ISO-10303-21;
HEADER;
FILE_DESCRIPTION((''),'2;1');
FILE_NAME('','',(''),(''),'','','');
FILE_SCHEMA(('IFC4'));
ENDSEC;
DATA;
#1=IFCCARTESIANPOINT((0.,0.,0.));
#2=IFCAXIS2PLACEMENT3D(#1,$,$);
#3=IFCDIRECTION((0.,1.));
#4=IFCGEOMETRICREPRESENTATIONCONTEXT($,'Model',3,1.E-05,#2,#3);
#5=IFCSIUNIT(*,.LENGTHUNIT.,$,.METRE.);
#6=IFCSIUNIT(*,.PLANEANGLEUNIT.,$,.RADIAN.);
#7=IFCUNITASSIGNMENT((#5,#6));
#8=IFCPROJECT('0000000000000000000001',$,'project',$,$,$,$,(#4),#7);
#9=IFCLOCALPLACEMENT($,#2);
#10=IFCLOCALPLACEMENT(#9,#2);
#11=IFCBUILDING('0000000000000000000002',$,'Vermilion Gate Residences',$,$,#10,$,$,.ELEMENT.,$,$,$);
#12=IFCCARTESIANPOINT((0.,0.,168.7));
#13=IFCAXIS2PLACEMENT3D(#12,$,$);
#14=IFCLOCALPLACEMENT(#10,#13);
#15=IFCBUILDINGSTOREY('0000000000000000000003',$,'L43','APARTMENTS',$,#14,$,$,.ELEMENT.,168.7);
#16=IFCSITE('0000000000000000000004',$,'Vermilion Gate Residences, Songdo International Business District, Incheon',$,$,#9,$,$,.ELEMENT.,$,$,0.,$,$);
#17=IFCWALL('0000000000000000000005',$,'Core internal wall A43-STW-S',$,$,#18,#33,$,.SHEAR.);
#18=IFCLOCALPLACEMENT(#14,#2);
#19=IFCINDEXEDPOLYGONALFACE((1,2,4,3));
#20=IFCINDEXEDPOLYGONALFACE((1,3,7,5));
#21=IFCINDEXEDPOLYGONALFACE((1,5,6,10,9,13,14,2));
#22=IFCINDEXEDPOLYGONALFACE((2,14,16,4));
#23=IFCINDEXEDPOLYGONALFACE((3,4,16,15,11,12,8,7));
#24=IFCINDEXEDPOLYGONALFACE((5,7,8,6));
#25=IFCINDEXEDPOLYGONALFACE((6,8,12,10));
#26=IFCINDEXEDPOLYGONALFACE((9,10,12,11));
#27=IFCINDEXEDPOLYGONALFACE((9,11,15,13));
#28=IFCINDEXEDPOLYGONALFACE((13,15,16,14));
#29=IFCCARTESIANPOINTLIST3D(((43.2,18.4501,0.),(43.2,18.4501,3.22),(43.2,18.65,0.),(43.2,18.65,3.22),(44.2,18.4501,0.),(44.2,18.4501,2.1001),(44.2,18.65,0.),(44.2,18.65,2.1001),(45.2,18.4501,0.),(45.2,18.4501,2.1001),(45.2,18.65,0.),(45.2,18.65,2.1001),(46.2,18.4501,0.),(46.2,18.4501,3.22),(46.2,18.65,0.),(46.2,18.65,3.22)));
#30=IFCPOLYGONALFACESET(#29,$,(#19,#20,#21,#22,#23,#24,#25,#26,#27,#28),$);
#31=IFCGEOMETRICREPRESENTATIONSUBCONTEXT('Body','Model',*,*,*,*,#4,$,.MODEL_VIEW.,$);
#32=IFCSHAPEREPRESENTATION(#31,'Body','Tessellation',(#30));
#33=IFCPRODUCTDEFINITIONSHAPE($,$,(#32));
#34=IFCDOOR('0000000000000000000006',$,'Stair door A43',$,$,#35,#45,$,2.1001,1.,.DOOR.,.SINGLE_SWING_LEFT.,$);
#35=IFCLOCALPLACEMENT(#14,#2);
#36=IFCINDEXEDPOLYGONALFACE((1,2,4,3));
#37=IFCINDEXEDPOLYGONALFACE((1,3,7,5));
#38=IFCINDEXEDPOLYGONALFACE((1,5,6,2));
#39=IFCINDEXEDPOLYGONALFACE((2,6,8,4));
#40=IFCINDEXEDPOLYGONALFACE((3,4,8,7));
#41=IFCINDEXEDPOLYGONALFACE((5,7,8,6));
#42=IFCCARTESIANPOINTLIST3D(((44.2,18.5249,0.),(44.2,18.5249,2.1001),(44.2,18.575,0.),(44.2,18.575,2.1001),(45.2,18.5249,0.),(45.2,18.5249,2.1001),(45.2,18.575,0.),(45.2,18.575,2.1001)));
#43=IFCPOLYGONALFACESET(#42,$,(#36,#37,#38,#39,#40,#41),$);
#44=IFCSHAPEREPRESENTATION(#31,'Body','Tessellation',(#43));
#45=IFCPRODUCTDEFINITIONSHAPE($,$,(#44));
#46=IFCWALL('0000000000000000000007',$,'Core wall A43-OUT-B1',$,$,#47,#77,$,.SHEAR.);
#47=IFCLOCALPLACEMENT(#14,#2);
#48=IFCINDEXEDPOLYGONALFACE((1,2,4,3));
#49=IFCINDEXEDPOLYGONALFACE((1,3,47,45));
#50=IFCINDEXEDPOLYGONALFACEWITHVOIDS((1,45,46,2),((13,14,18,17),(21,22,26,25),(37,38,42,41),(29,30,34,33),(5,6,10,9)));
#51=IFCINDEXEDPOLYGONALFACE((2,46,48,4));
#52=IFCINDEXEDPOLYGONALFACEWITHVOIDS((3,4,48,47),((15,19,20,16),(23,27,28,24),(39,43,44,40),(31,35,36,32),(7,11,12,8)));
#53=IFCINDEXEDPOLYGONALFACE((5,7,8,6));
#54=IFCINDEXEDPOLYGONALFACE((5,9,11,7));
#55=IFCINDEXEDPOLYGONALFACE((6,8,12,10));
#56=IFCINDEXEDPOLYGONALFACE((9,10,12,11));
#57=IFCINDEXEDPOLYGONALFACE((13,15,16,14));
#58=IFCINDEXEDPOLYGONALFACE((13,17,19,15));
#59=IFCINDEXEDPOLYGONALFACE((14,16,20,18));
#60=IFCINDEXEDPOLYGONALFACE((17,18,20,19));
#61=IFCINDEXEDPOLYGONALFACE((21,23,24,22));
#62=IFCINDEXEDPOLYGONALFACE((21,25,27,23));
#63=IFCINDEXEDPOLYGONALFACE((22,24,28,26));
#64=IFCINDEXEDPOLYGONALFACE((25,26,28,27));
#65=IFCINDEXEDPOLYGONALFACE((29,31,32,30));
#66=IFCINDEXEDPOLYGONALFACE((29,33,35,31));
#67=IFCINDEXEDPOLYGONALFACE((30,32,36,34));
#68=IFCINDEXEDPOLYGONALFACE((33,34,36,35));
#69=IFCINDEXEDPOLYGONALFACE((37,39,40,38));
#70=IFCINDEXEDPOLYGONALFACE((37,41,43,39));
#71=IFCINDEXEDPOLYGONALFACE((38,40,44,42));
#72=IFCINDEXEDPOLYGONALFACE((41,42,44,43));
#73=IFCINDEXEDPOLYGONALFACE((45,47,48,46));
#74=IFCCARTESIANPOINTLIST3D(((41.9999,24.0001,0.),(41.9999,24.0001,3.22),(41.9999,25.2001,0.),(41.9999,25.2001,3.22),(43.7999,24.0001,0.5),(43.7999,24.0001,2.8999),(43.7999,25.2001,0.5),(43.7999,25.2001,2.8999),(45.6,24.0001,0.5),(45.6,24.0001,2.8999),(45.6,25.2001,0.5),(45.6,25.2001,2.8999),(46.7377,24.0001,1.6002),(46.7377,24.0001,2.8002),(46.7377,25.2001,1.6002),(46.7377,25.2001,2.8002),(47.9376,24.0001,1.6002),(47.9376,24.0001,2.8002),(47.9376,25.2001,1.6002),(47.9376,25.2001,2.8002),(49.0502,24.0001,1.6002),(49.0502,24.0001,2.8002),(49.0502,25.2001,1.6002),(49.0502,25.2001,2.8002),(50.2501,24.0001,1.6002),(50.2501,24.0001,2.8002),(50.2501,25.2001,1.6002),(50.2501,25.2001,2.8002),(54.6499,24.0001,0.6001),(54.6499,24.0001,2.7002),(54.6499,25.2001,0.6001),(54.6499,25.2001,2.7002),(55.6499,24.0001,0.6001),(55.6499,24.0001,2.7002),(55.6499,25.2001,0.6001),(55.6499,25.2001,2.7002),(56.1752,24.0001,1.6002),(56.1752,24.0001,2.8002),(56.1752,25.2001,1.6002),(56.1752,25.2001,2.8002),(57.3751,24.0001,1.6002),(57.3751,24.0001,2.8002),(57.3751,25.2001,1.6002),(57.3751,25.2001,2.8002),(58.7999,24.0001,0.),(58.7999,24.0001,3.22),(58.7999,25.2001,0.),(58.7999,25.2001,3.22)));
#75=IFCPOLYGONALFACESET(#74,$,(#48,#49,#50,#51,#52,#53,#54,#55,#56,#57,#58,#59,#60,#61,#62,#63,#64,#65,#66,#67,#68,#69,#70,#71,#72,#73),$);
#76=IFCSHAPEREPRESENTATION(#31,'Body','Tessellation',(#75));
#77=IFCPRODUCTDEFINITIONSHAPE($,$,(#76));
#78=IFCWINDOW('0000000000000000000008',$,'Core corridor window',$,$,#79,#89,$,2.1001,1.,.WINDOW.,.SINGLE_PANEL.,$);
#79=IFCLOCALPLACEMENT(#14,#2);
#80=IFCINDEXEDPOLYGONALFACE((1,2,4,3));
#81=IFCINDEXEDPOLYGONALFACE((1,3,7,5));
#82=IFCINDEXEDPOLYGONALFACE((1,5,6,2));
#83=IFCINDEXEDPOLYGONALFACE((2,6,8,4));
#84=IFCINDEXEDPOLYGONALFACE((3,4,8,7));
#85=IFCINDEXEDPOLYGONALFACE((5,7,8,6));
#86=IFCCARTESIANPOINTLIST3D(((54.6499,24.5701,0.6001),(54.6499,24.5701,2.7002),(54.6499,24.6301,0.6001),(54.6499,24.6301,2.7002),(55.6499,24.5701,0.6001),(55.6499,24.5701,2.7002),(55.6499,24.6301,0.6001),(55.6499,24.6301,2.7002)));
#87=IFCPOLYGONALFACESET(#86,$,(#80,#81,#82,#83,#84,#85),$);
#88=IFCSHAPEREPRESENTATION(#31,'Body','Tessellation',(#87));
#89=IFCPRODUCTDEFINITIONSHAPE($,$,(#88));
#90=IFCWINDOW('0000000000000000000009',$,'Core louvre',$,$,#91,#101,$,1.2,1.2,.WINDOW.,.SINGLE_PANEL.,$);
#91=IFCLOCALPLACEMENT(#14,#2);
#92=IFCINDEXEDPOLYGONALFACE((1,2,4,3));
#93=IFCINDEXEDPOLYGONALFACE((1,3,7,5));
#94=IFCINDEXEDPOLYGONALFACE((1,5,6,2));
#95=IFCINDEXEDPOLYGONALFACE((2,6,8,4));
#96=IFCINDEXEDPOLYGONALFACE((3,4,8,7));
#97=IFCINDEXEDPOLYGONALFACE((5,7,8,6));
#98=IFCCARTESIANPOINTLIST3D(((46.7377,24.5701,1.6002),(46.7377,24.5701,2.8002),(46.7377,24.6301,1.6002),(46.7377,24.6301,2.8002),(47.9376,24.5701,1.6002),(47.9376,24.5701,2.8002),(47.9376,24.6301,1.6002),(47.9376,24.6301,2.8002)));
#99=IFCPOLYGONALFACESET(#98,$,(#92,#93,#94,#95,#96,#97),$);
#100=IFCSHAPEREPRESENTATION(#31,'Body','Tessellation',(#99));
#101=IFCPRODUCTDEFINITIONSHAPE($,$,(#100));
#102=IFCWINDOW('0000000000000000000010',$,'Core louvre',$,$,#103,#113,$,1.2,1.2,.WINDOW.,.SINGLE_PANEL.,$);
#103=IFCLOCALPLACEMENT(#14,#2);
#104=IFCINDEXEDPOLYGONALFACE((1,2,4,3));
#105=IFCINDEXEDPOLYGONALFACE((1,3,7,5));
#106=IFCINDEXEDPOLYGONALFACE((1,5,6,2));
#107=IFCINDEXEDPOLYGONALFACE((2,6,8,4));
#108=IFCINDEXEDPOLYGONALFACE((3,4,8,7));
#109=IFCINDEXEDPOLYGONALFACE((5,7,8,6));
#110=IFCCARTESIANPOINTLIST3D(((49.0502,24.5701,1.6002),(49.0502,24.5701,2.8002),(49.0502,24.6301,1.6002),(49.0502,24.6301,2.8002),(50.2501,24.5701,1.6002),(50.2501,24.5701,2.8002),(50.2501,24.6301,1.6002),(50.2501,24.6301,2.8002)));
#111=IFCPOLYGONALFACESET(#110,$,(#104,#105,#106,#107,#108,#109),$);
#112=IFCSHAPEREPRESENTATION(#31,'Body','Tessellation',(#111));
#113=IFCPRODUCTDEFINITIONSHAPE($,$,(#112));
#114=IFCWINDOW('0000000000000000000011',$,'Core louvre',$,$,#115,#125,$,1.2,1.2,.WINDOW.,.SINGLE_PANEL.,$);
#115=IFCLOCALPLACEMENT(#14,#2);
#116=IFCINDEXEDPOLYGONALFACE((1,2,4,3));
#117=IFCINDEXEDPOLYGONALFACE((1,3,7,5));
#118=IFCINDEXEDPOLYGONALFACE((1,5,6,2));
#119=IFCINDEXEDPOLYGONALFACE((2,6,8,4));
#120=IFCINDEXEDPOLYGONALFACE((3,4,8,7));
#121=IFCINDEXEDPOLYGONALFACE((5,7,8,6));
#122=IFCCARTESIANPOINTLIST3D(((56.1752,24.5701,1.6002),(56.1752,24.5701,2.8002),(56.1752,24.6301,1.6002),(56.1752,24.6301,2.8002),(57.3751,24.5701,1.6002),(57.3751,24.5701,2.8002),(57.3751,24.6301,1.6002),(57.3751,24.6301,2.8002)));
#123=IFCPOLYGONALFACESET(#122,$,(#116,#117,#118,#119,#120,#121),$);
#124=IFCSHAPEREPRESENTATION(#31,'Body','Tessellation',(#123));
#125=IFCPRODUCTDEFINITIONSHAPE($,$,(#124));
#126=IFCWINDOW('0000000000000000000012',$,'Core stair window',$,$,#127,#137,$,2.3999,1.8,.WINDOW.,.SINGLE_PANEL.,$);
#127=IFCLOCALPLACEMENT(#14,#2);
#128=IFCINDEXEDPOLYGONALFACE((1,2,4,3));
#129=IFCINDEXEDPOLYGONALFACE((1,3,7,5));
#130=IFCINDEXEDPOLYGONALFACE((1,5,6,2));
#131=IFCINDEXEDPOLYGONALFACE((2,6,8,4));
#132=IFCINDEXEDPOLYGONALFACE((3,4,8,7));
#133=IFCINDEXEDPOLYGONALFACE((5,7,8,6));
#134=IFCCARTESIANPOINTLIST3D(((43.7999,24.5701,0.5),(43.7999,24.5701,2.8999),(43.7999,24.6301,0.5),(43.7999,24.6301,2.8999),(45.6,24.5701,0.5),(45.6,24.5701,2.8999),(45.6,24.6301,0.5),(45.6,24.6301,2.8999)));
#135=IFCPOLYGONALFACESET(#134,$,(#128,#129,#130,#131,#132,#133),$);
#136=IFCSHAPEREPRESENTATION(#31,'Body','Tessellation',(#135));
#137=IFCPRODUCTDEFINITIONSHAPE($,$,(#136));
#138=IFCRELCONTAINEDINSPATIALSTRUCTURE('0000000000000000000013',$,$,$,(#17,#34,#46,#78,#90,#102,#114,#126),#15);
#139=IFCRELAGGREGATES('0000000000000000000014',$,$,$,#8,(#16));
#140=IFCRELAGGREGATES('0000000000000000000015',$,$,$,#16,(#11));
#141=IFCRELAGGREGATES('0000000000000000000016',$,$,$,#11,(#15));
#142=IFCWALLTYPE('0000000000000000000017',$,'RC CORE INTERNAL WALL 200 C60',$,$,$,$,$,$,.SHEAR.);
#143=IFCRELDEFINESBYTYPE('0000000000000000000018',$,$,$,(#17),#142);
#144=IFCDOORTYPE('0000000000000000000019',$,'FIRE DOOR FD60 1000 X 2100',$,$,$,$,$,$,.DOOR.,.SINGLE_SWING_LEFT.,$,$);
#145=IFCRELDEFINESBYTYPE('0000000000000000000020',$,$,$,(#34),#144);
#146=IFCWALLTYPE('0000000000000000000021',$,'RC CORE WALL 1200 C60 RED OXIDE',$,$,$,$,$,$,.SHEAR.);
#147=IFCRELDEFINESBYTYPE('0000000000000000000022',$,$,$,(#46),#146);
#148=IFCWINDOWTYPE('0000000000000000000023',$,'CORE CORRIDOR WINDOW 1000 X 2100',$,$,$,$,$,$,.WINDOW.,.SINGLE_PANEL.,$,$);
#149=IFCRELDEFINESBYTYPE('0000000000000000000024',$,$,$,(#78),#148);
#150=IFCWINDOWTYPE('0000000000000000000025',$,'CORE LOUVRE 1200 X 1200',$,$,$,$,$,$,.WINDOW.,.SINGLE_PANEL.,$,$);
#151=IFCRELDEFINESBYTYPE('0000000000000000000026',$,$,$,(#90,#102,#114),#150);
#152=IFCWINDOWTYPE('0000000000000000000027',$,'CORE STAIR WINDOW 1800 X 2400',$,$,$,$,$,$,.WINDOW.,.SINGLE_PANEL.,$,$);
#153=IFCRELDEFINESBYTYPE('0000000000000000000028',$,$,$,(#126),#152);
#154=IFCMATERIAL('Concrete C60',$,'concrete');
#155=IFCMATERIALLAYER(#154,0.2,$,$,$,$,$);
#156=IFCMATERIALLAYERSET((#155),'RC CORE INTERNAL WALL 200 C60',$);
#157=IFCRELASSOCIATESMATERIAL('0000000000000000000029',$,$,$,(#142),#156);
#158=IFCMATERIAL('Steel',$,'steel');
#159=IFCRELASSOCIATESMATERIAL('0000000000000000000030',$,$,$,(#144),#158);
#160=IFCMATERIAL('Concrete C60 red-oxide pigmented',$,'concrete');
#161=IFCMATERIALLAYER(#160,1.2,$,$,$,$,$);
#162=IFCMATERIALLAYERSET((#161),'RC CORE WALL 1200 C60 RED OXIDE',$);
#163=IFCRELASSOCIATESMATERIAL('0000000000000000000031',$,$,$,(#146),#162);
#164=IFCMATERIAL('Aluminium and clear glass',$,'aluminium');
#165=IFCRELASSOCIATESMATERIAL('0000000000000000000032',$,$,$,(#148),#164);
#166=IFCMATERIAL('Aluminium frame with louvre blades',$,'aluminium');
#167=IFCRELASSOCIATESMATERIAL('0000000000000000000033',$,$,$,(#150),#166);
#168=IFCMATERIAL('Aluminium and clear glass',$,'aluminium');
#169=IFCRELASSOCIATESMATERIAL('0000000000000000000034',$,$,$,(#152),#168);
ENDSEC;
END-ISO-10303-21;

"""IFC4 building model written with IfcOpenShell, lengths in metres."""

from ifc_helpers import new_model, si_unit, direction, frame, frame_2d, origin, place, context, subcontext, project, spatial, rectangle, extrude, material, layer, layer_set, type_object, element, fill, save


model = new_model("IFC4")

# Units and contexts
model_context = context("Model", 3, precision=1e-05, world=origin(), true_north=direction((0.0, 1.0)))
body_context = subcontext(model_context, "Body", "Model", "MODEL_VIEW")
ifc_project = project(units=[si_unit("LENGTHUNIT", "METRE"), si_unit("PLANEANGLEUNIT", "RADIAN")], contexts=[model_context])

# Site, building, storey
site_placement = place(None, origin())
site = spatial("IfcSite", under=ifc_project, at=site_placement, Name="Vermilion Gate Residences, Songdo International Business District, Incheon", CompositionType="ELEMENT", RefElevation=0.0)
building_placement = place(site_placement, origin())
building = spatial("IfcBuilding", under=site, at=building_placement, Name="Vermilion Gate Residences", CompositionType="ELEMENT")
storey_placement = place(building_placement, frame((0.0, 0.0, 168.7)))
storey = spatial("IfcBuildingStorey", under=building, at=storey_placement, Name="L43", Description="APARTMENTS", CompositionType="ELEMENT", Elevation=168.7)

# Shared definitions
ifc_material_1 = material(Name="Concrete C60", Category="concrete")
ifc_layer_1 = layer(ifc_material_1, 0.2)
ifc_layer_set_1 = layer_set([ifc_layer_1], Name="RC CORE INTERNAL WALL 200 C60")
wall_type_1 = type_object("IfcWallType", Name="RC CORE INTERNAL WALL 200 C60", PredefinedType="SHEAR", material=ifc_layer_set_1)

# Wall, opening, door
wall_1_placement = place(storey_placement, frame((43.2, 18.55, 0.0), z_axis=(0.0, 0.0, 1.0), x_axis=(1.0, 0.0, 0.0)))
wall_1 = element("IfcWall", 1, at=wall_1_placement, inside=storey, type_object=wall_type_1, Name="Core internal wall A43-STW-S", PredefinedType="SHEAR", context=body_context, shape_type="SweptSolid", body=[
    extrude(rectangle(XDim=3.0, YDim=0.2, at=frame_2d((1.5, 0.0))), origin(), (0.0, 0.0, 1.0), 3.22),
])
opening_1_placement = place(wall_1_placement, frame((1.0, 0.0, 0.0)))
opening_1 = element("IfcOpeningElement", 2, at=opening_1_placement, cuts=wall_1, PredefinedType="OPENING", context=body_context, shape_type="SweptSolid", body=[
    extrude(rectangle(XDim=1.0, YDim=2.1001, at=frame_2d((0.5, 1.05))), frame((0.0, 0.1099, 0.0), z_axis=(0.0, -1.0, 0.0), x_axis=(1.0, 0.0, 0.0)), (0.0, 0.0, 1.0), 0.22),
])
ifc_material_2 = material(Name="Steel", Category="steel")
door_type_1 = type_object("IfcDoorType", Name="FIRE DOOR FD60 1000 X 2100", OperationType="SINGLE_SWING_LEFT", PredefinedType="DOOR", material=ifc_material_2)
door_1_placement = place(opening_1_placement, origin())
door_1 = element("IfcDoor", 3, at=door_1_placement, inside=storey, type_object=door_type_1, Name="Stair door A43", OperationType="SINGLE_SWING_LEFT", OverallHeight=2.1001, OverallWidth=1.0, PredefinedType="DOOR", context=body_context, shape_type="SweptSolid", body=[
    extrude(rectangle(XDim=1.0, YDim=2.1001, at=frame_2d((0.5, 1.05))), frame((0.0, 0.0249, 0.0), z_axis=(0.0, -1.0, 0.0), x_axis=(1.0, 0.0, 0.0)), (0.0, 0.0, 1.0), 0.05),
])
fill(opening_1, door_1)

# Wall, openings, windows
ifc_material_3 = material(Name="Concrete C60 red-oxide pigmented", Category="concrete")
ifc_layer_2 = layer(ifc_material_3, 1.2)
ifc_layer_set_2 = layer_set([ifc_layer_2], Name="RC CORE WALL 1200 C60 RED OXIDE")
wall_type_2 = type_object("IfcWallType", Name="RC CORE WALL 1200 C60 RED OXIDE", PredefinedType="SHEAR", material=ifc_layer_set_2)
wall_2_placement = place(storey_placement, frame((42.0, 24.6001, 0.0), z_axis=(0.0, 0.0, 1.0), x_axis=(1.0, 0.0, 0.0)))
wall_2 = element("IfcWall", 4, at=wall_2_placement, inside=storey, type_object=wall_type_2, Name="Core wall A43-OUT-B1", PredefinedType="SHEAR", context=body_context, shape_type="SweptSolid", body=[
    extrude(rectangle(XDim=16.8, YDim=1.2, at=frame_2d((8.3999, 0.0))), origin(), (0.0, 0.0, 1.0), 3.22),
])
opening_2_placement = place(wall_2_placement, frame((1.8, 0.0, 0.5)))
opening_2 = element("IfcOpeningElement", 5, at=opening_2_placement, cuts=wall_2, PredefinedType="OPENING", context=body_context, shape_type="SweptSolid", body=[
    extrude(rectangle(XDim=1.8, YDim=2.3999, at=frame_2d((0.8999, 1.2))), frame((0.0, 0.6099, 0.0), z_axis=(0.0, -1.0, 0.0), x_axis=(1.0, 0.0, 0.0)), (0.0, 0.0, 1.0), 1.22),
])
opening_3_placement = place(wall_2_placement, frame((4.7375, 0.0, 1.6001)))
opening_3 = element("IfcOpeningElement", 6, at=opening_3_placement, cuts=wall_2, PredefinedType="OPENING", context=body_context, shape_type="SweptSolid", body=[
    extrude(rectangle(XDim=1.2, YDim=1.2, at=frame_2d((0.6001, 0.6001))), frame((0.0, 0.6099, 0.0), z_axis=(0.0, -1.0, 0.0), x_axis=(1.0, 0.0, 0.0)), (0.0, 0.0, 1.0), 1.22),
])
opening_4_placement = place(wall_2_placement, frame((7.05, 0.0, 1.6001)))
opening_4 = element("IfcOpeningElement", 7, at=opening_4_placement, cuts=wall_2, PredefinedType="OPENING", context=body_context, shape_type="SweptSolid", body=[
    extrude(rectangle(XDim=1.2, YDim=1.2, at=frame_2d((0.6001, 0.6001))), frame((0.0, 0.6099, 0.0), z_axis=(0.0, -1.0, 0.0), x_axis=(1.0, 0.0, 0.0)), (0.0, 0.0, 1.0), 1.22),
])
opening_5_placement = place(wall_2_placement, frame((12.6499, 0.0, 0.6001)))
opening_5 = element("IfcOpeningElement", 8, at=opening_5_placement, cuts=wall_2, PredefinedType="OPENING", context=body_context, shape_type="SweptSolid", body=[
    extrude(rectangle(XDim=1.0, YDim=2.1001, at=frame_2d((0.5, 1.05))), frame((0.0, 0.6099, 0.0), z_axis=(0.0, -1.0, 0.0), x_axis=(1.0, 0.0, 0.0)), (0.0, 0.0, 1.0), 1.22),
])
opening_6_placement = place(wall_2_placement, frame((14.175, 0.0, 1.6001)))
opening_6 = element("IfcOpeningElement", 9, at=opening_6_placement, cuts=wall_2, PredefinedType="OPENING", context=body_context, shape_type="SweptSolid", body=[
    extrude(rectangle(XDim=1.2, YDim=1.2, at=frame_2d((0.6001, 0.6001))), frame((0.0, 0.6099, 0.0), z_axis=(0.0, -1.0, 0.0), x_axis=(1.0, 0.0, 0.0)), (0.0, 0.0, 1.0), 1.22),
])
ifc_material_4 = material(Name="Aluminium and clear glass", Category="aluminium")
window_type_1 = type_object("IfcWindowType", Name="CORE CORRIDOR WINDOW 1000 X 2100", PartitioningType="SINGLE_PANEL", PredefinedType="WINDOW", material=ifc_material_4)
window_1_placement = place(opening_5_placement, origin())
window_1 = element("IfcWindow", 10, at=window_1_placement, inside=storey, type_object=window_type_1, Name="Core corridor window", OverallHeight=2.1001, OverallWidth=1.0, PartitioningType="SINGLE_PANEL", PredefinedType="WINDOW", context=body_context, shape_type="SweptSolid", body=[
    extrude(rectangle(XDim=1.0, YDim=2.1001, at=frame_2d((0.5, 1.05))), frame((0.0, 0.03, 0.0), z_axis=(0.0, -1.0, 0.0), x_axis=(1.0, 0.0, 0.0)), (0.0, 0.0, 1.0), 0.0601),
])
fill(opening_5, window_1)
ifc_material_5 = material(Name="Aluminium frame with louvre blades", Category="aluminium")
window_type_2 = type_object("IfcWindowType", Name="CORE LOUVRE 1200 X 1200", PartitioningType="SINGLE_PANEL", PredefinedType="WINDOW", material=ifc_material_5)
window_2_placement = place(opening_3_placement, origin())
window_2 = element("IfcWindow", 11, at=window_2_placement, inside=storey, type_object=window_type_2, Name="Core louvre", OverallHeight=1.2, OverallWidth=1.2, PartitioningType="SINGLE_PANEL", PredefinedType="WINDOW", context=body_context, shape_type="SweptSolid", body=[
    extrude(rectangle(XDim=1.2, YDim=1.2, at=frame_2d((0.6001, 0.6001))), frame((0.0, 0.03, 0.0), z_axis=(0.0, -1.0, 0.0), x_axis=(1.0, 0.0, 0.0)), (0.0, 0.0, 1.0), 0.0601),
])
fill(opening_3, window_2)
window_3_placement = place(opening_4_placement, origin())
window_3 = element("IfcWindow", 12, at=window_3_placement, inside=storey, type_object=window_type_2, Name="Core louvre", OverallHeight=1.2, OverallWidth=1.2, PartitioningType="SINGLE_PANEL", PredefinedType="WINDOW", context=body_context, shape_type="SweptSolid", body=[
    extrude(rectangle(XDim=1.2, YDim=1.2, at=frame_2d((0.6001, 0.6001))), frame((0.0, 0.03, 0.0), z_axis=(0.0, -1.0, 0.0), x_axis=(1.0, 0.0, 0.0)), (0.0, 0.0, 1.0), 0.0601),
])
fill(opening_4, window_3)
window_4_placement = place(opening_6_placement, origin())
window_4 = element("IfcWindow", 13, at=window_4_placement, inside=storey, type_object=window_type_2, Name="Core louvre", OverallHeight=1.2, OverallWidth=1.2, PartitioningType="SINGLE_PANEL", PredefinedType="WINDOW", context=body_context, shape_type="SweptSolid", body=[
    extrude(rectangle(XDim=1.2, YDim=1.2, at=frame_2d((0.6001, 0.6001))), frame((0.0, 0.03, 0.0), z_axis=(0.0, -1.0, 0.0), x_axis=(1.0, 0.0, 0.0)), (0.0, 0.0, 1.0), 0.0601),
])
fill(opening_6, window_4)
ifc_material_6 = material(Name="Aluminium and clear glass", Category="aluminium")
window_type_3 = type_object("IfcWindowType", Name="CORE STAIR WINDOW 1800 X 2400", PartitioningType="SINGLE_PANEL", PredefinedType="WINDOW", material=ifc_material_6)
window_5_placement = place(opening_2_placement, origin())
window_5 = element("IfcWindow", 14, at=window_5_placement, inside=storey, type_object=window_type_3, Name="Core stair window", OverallHeight=2.3999, OverallWidth=1.8, PartitioningType="SINGLE_PANEL", PredefinedType="WINDOW", context=body_context, shape_type="SweptSolid", body=[
    extrude(rectangle(XDim=1.8, YDim=2.3999, at=frame_2d((0.8999, 1.2))), frame((0.0, 0.03, 0.0), z_axis=(0.0, -1.0, 0.0), x_axis=(1.0, 0.0, 0.0)), (0.0, 0.0, 1.0), 0.0601),
])
fill(opening_2, window_5)

save(model, "model.ifc")
